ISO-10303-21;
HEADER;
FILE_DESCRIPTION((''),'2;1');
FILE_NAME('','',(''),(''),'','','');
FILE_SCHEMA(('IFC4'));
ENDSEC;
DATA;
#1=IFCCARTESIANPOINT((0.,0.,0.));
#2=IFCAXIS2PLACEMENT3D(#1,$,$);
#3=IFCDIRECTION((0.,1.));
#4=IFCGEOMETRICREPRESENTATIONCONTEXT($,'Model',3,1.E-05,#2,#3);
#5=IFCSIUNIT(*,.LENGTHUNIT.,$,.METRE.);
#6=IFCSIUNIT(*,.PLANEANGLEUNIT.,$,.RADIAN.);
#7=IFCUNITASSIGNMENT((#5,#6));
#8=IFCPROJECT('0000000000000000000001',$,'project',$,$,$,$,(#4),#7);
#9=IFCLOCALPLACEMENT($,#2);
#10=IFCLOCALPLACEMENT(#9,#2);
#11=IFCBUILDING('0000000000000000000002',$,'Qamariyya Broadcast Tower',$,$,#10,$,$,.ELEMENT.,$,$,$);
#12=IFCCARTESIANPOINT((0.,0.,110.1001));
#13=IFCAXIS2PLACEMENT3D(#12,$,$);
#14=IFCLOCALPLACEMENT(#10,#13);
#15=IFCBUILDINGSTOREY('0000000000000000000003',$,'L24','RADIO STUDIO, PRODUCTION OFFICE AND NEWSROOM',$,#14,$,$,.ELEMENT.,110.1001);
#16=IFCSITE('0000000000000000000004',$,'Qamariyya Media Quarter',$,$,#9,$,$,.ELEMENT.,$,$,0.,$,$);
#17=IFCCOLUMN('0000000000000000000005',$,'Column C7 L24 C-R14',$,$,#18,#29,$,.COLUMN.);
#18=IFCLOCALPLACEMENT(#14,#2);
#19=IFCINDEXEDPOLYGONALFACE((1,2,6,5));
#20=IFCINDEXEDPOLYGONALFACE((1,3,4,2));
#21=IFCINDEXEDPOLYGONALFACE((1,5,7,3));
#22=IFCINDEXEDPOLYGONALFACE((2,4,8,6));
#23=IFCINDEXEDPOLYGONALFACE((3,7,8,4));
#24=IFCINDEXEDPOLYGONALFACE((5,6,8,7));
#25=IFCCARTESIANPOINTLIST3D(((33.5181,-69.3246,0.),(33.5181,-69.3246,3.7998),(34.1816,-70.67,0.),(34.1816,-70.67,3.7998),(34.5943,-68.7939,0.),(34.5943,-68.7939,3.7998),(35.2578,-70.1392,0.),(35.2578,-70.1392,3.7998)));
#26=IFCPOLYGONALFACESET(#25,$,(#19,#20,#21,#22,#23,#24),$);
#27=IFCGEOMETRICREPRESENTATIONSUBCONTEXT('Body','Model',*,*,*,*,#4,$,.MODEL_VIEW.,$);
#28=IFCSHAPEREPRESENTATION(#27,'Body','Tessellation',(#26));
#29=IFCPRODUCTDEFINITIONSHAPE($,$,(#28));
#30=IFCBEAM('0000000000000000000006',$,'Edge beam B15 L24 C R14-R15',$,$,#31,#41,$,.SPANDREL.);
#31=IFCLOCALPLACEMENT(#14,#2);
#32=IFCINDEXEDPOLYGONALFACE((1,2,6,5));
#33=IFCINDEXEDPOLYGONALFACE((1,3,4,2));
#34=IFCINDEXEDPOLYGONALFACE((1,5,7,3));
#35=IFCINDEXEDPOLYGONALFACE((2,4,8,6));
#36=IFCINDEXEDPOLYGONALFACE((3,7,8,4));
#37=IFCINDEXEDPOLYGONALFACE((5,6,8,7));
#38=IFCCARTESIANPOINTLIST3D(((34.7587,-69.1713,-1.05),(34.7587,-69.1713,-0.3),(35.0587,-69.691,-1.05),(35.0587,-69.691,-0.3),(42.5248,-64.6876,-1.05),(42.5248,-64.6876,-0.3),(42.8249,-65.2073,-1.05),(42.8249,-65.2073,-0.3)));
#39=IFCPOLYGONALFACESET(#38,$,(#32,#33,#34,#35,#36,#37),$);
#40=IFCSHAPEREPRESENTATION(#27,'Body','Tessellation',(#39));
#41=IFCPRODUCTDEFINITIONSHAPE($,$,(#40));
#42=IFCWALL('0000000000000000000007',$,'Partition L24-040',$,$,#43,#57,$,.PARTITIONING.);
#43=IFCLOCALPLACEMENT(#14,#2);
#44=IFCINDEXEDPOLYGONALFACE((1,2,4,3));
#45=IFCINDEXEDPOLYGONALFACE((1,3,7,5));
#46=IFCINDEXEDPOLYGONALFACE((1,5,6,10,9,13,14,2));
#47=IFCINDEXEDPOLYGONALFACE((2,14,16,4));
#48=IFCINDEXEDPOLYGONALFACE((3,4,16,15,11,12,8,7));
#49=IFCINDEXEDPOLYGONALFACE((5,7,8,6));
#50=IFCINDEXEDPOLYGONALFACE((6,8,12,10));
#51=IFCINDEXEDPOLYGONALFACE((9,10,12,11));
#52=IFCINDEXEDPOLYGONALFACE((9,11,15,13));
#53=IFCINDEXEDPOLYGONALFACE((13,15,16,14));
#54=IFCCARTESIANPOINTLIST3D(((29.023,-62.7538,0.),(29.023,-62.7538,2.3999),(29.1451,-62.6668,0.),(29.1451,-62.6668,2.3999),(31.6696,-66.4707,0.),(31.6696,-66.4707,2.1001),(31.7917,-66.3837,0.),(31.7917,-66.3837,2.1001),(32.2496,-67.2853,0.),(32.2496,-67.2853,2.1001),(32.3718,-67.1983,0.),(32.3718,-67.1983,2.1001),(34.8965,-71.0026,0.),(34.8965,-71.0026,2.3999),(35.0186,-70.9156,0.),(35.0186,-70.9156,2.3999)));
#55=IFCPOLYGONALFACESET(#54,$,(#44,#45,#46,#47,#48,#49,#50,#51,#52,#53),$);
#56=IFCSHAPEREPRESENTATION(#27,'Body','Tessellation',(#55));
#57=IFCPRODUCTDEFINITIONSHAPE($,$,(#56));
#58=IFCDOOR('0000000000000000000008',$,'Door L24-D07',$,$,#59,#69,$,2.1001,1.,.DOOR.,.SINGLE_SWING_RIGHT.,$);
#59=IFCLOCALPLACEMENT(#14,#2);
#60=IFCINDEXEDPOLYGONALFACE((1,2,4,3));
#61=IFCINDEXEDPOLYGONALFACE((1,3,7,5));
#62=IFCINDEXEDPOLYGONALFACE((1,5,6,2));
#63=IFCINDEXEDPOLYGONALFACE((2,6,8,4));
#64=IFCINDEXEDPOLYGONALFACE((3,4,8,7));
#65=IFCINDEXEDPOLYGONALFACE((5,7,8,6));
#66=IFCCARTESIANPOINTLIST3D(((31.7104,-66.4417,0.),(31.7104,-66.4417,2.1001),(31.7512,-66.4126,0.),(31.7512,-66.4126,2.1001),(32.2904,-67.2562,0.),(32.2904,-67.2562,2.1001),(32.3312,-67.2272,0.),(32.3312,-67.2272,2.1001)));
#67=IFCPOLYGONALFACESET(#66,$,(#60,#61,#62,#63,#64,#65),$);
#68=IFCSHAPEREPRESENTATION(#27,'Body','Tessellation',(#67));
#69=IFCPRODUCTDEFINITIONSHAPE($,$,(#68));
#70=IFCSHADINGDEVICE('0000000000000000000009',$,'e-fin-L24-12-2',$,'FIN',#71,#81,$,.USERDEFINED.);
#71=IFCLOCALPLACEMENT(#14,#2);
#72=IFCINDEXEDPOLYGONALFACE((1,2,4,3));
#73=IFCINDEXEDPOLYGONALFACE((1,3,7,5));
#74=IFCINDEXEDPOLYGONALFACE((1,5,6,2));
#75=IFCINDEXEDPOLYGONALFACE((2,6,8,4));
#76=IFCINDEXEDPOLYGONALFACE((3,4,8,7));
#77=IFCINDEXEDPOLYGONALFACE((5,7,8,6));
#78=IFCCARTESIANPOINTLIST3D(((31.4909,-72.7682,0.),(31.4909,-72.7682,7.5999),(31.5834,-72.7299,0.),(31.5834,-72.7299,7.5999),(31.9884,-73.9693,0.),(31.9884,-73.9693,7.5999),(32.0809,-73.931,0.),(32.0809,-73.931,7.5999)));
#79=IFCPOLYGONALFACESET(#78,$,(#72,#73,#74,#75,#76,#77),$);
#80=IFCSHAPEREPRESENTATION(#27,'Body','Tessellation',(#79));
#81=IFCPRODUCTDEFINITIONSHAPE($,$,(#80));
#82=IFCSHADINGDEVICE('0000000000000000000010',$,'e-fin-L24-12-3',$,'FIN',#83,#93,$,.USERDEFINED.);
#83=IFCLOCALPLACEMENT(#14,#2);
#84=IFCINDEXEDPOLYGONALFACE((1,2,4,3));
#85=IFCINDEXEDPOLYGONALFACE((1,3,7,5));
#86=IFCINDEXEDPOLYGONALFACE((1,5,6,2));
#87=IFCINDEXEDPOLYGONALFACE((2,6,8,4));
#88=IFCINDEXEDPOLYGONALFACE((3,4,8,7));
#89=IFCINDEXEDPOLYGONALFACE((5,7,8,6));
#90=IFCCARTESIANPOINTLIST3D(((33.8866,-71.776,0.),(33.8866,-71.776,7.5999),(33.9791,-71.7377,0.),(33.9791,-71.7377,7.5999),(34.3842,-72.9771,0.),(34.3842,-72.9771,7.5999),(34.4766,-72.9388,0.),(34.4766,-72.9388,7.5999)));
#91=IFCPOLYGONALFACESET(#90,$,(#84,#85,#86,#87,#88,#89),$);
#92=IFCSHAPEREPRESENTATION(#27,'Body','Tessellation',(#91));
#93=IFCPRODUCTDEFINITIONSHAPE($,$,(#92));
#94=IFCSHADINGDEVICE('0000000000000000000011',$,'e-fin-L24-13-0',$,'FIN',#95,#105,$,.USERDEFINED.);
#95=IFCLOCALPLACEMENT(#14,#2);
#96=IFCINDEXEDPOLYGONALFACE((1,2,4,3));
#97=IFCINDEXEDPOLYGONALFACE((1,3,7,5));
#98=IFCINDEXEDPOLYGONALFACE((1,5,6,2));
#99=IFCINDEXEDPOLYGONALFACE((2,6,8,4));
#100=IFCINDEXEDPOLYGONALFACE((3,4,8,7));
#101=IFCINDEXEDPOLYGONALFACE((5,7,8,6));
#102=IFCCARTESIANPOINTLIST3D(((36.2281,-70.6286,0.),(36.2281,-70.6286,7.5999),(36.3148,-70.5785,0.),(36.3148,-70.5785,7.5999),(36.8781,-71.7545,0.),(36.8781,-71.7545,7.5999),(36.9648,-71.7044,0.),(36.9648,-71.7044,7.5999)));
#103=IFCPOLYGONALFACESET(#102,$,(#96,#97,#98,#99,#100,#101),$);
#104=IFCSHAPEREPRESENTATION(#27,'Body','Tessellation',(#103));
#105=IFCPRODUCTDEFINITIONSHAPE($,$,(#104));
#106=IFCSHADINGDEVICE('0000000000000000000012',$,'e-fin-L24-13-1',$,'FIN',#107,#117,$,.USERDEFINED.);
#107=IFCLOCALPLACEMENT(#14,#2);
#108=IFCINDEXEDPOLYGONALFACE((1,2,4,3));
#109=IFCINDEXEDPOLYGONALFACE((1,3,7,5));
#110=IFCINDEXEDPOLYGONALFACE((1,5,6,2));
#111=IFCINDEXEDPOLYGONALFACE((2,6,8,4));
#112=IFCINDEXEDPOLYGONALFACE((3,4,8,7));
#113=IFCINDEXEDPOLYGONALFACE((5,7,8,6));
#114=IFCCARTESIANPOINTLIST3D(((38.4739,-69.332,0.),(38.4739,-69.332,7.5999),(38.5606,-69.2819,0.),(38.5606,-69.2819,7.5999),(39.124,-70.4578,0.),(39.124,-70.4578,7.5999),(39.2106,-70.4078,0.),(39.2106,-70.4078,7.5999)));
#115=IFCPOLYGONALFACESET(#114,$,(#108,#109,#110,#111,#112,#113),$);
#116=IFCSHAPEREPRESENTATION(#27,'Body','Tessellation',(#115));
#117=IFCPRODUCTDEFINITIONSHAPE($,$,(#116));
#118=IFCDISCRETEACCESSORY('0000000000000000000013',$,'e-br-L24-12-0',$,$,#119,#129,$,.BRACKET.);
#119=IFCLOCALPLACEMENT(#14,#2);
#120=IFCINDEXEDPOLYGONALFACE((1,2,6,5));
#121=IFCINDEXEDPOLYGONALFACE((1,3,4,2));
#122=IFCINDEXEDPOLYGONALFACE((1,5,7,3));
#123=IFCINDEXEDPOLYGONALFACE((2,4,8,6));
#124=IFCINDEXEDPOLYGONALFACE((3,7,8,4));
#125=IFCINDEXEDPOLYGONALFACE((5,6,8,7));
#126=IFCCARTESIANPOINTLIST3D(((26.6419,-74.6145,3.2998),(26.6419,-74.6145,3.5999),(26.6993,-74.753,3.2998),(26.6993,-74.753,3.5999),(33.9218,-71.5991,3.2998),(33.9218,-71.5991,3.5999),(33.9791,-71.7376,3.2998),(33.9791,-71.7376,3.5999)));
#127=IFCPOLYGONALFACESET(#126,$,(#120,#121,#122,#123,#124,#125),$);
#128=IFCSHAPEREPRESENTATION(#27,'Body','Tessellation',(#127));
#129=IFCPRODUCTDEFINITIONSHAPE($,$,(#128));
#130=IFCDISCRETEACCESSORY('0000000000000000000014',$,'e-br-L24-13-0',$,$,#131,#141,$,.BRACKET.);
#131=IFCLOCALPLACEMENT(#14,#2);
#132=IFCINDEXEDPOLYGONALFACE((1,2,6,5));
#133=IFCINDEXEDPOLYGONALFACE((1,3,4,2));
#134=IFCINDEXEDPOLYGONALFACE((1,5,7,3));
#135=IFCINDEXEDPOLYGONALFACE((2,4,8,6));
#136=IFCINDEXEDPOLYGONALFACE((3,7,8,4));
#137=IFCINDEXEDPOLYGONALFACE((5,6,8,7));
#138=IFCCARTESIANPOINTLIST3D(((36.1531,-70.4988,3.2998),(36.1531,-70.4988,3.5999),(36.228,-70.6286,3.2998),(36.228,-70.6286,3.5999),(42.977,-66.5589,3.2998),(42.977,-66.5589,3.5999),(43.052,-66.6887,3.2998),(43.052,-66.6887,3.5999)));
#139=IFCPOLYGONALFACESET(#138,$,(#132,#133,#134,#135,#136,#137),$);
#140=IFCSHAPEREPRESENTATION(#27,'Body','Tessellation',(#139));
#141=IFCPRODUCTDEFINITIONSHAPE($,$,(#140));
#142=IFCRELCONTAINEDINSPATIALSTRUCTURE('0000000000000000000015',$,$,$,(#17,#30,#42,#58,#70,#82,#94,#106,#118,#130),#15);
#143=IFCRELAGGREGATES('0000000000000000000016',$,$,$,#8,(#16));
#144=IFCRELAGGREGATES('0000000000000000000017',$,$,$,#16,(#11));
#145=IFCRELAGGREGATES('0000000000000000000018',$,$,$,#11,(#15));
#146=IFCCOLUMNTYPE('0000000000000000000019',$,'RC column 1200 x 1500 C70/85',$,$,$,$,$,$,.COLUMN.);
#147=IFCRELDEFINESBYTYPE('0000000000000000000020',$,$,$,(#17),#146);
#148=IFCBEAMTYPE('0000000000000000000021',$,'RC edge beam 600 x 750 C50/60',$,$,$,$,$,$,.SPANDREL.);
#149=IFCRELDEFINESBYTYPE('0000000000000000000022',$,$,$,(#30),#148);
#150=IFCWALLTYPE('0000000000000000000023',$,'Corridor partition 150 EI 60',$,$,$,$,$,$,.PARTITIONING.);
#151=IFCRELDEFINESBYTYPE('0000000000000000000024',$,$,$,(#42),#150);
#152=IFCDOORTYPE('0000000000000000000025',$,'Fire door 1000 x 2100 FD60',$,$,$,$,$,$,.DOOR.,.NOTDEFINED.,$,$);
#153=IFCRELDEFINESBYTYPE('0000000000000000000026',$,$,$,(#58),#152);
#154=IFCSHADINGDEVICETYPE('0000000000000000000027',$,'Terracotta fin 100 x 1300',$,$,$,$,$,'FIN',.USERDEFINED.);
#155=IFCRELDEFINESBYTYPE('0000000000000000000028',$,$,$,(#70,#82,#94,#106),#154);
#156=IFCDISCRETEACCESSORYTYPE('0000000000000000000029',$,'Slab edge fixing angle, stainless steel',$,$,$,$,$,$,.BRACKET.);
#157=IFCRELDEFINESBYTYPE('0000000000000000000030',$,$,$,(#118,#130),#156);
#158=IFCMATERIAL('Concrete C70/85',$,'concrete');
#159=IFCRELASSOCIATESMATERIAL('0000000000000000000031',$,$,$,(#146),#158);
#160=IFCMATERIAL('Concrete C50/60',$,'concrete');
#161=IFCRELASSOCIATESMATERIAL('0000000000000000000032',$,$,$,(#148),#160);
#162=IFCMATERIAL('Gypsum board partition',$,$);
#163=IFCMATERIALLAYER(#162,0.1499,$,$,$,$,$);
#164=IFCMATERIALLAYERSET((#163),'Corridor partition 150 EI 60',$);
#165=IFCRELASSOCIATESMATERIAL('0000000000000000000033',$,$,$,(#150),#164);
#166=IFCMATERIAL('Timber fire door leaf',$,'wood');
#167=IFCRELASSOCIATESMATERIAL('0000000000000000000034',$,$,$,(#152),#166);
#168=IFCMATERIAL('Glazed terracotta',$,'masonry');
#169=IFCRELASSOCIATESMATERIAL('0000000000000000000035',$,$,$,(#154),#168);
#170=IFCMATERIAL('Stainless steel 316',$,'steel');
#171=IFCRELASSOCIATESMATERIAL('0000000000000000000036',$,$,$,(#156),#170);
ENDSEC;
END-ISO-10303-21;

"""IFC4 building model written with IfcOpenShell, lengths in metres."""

from ifc_helpers import new_model, si_unit, direction, frame, frame_2d, origin, origin_2d, place, context, subcontext, project, spatial, rectangle, extrude, material, layer, layer_set, material_profile, profile_set, type_object, element, fill, save


model = new_model("IFC4")

# Units and contexts
model_context = context("Model", 3, precision=1e-05, world=origin(), true_north=direction((0.0, 1.0)))
body_context = subcontext(model_context, "Body", "Model", "MODEL_VIEW")
ifc_project = project(units=[si_unit("LENGTHUNIT", "METRE"), si_unit("PLANEANGLEUNIT", "RADIAN")], contexts=[model_context])

# Site, building, storey
site_placement = place(None, origin())
site = spatial("IfcSite", under=ifc_project, at=site_placement, Name="Qamariyya Media Quarter", CompositionType="ELEMENT", RefElevation=0.0)
building_placement = place(site_placement, origin())
building = spatial("IfcBuilding", under=site, at=building_placement, Name="Qamariyya Broadcast Tower", CompositionType="ELEMENT")
storey_placement = place(building_placement, frame((0.0, 0.0, 110.1001)))
storey = spatial("IfcBuildingStorey", under=building, at=storey_placement, Name="L24", Description="RADIO STUDIO, PRODUCTION OFFICE AND NEWSROOM", CompositionType="ELEMENT", Elevation=110.1001)

# Column
ifc_material_1 = material(Name="Concrete C70/85", Category="concrete")
ifc_material_profile_1 = material_profile(ifc_material_1, rectangle(XDim=1.2, YDim=1.5, at=origin_2d()))
ifc_profile_set_1 = profile_set([ifc_material_profile_1], Name="Concrete C70/85")
column_type = type_object("IfcColumnType", Name="RC column 1200 x 1500 C70/85", PredefinedType="COLUMN", material=ifc_profile_set_1)
column_placement = place(storey_placement, frame((34.3879, -69.7319, 0.0), z_axis=(0.0, 0.0, 1.0), x_axis=(0.896873, 0.442289, 0.0)))
element("IfcColumn", 1, at=column_placement, inside=storey, type_object=column_type, Name="Column C7 L24 C-R14", PredefinedType="COLUMN", context=body_context, shape_type="SweptSolid", body=[
    extrude(rectangle(XDim=1.2, YDim=1.5, at=origin_2d()), origin(), (0.0, 0.0, 1.0), 3.7998),
])

# Beam
ifc_material_2 = material(Name="Concrete C50/60", Category="concrete")
ifc_material_profile_2 = material_profile(ifc_material_2, rectangle(XDim=0.6001, YDim=0.75, at=origin_2d()))
ifc_profile_set_2 = profile_set([ifc_material_profile_2], Name="Concrete C50/60")
beam_type = type_object("IfcBeamType", Name="RC edge beam 600 x 750 C50/60", PredefinedType="SPANDREL", material=ifc_profile_set_2)
beam_placement = place(storey_placement, frame((34.9087, -69.4312, -0.675), z_axis=(0.866031, 0.49999, 0.0), x_axis=(-0.49999, 0.866031, 0.0)))
element("IfcBeam", 2, at=beam_placement, inside=storey, type_object=beam_type, Name="Edge beam B15 L24 C R14-R15", PredefinedType="SPANDREL", context=body_context, shape_type="SweptSolid", body=[
    extrude(rectangle(XDim=0.6001, YDim=0.75, at=origin_2d()), origin(), (0.0, 0.0, 1.0), 8.9675),
])

# Wall, opening, door
ifc_material_3 = material(Name="Gypsum board partition")
ifc_layer = layer(ifc_material_3, 0.1499)
ifc_layer_set = layer_set([ifc_layer], Name="Corridor partition 150 EI 60")
wall_type = type_object("IfcWallType", Name="Corridor partition 150 EI 60", PredefinedType="PARTITIONING", material=ifc_layer_set)
wall_placement = place(storey_placement, frame((34.9575, -70.959, 0.0), z_axis=(0.0, 0.0, 1.0), x_axis=(-0.580031, 0.814594, 0.0)))
wall = element("IfcWall", 3, at=wall_placement, inside=storey, type_object=wall_type, Name="Partition L24-040", PredefinedType="PARTITIONING", context=body_context, shape_type="SweptSolid", body=[
    extrude(rectangle(XDim=10.1262, YDim=0.1499, at=frame_2d((5.063, 0.0))), origin(), (0.0, 0.0, 1.0), 2.3999),
])
opening_placement = place(wall_placement, frame((4.5632, 0.0, 0.0)))
opening = element("IfcOpeningElement", 4, at=opening_placement, cuts=wall, PredefinedType="OPENING", context=body_context, shape_type="SweptSolid", body=[
    extrude(rectangle(XDim=1.0, YDim=2.1001, at=frame_2d((0.5, 1.05))), frame((0.0, 0.085, 0.0), z_axis=(0.0, -1.0, 0.0), x_axis=(1.0, 0.0, 0.0)), (0.0, 0.0, 1.0), 0.1699),
])
ifc_material_4 = material(Name="Timber fire door leaf", Category="wood")
door_type = type_object("IfcDoorType", Name="Fire door 1000 x 2100 FD60", OperationType="NOTDEFINED", PredefinedType="DOOR", material=ifc_material_4)
door_placement = place(opening_placement, origin())
door = element("IfcDoor", 5, at=door_placement, inside=storey, type_object=door_type, Name="Door L24-D07", OperationType="SINGLE_SWING_RIGHT", OverallHeight=2.1001, OverallWidth=1.0, PredefinedType="DOOR", context=body_context, shape_type="SweptSolid", body=[
    extrude(rectangle(XDim=1.0, YDim=2.1001, at=frame_2d((0.5, 1.05))), frame((0.0, 0.0249, 0.0), z_axis=(0.0, -1.0, 0.0), x_axis=(1.0, 0.0, 0.0)), (0.0, 0.0, 1.0), 0.05),
])
fill(opening, door)

# Shading devices
ifc_material_5 = material(Name="Glazed terracotta", Category="masonry")
ifc_material_profile_3 = material_profile(ifc_material_5, rectangle(XDim=1.3, YDim=0.1001, at=origin_2d()))
ifc_profile_set_3 = profile_set([ifc_material_profile_3], Name="Glazed terracotta")
shading_device_type_1 = type_object("IfcShadingDeviceType", Name="Terracotta fin 100 x 1300", ElementType="FIN", PredefinedType="USERDEFINED", material=ifc_profile_set_3)
for number, where, z_axis, x_axis, name in (
    (6, (31.7859, -73.3496, 0.0), (0.0, 0.0, 1.0), (0.382683, -0.92388, 0.0), "e-fin-L24-12-2"),
    (7, (34.1816, -72.3574, 0.0), (0.0, 0.0, 1.0), (0.382683, -0.92388, 0.0), "e-fin-L24-12-3"),
    (8, (36.5964, -71.1665, 0.0), (0.0, 0.0, 1.0), (0.5, -0.866025, 0.0), "e-fin-L24-13-0"),
    (9, (38.8423, -69.8699, 0.0), (0.0, 0.0, 1.0), (0.5, -0.866025, 0.0), "e-fin-L24-13-1"),
):
    element("IfcShadingDevice", number, at=place(storey_placement, frame(where, z_axis=z_axis, x_axis=x_axis)), inside=storey, type_object=shading_device_type_1, Name=name, ObjectType="FIN", PredefinedType="USERDEFINED", context=body_context, shape_type="SweptSolid", body=[
        extrude(rectangle(XDim=1.3, YDim=0.1001, at=origin_2d()), origin(), (0.0, 0.0, 1.0), 7.5999),
    ])

# Discrete accessories
ifc_material_6 = material(Name="Stainless steel 316", Category="steel")
discrete_accessory_type = type_object("IfcDiscreteAccessoryType", Name="Slab edge fixing angle, stainless steel", PredefinedType="BRACKET", material=ifc_material_6)
for number, where, z_axis, x_axis, name in (
    (10, (30.3105, -73.176, 3.2998), (0.0, 0.0, 1.0), (0.92388, 0.382683, 0.0), "e-br-L24-12-0"),
    (11, (39.6025, -68.5938, 3.2998), (0.0, 0.0, 1.0), (0.866025, 0.5, 0.0), "e-br-L24-13-0"),
):
    element("IfcDiscreteAccessory", number, at=place(storey_placement, frame(where, z_axis=z_axis, x_axis=x_axis)), inside=storey, type_object=discrete_accessory_type, Name=name, PredefinedType="BRACKET", context=body_context, shape_type="SweptSolid", body=[
        extrude(rectangle(XDim=7.8796, YDim=0.1499, at=origin_2d()), origin(), (0.0, 0.0, 1.0), 0.3),
    ])

save(model, "model.ifc")
